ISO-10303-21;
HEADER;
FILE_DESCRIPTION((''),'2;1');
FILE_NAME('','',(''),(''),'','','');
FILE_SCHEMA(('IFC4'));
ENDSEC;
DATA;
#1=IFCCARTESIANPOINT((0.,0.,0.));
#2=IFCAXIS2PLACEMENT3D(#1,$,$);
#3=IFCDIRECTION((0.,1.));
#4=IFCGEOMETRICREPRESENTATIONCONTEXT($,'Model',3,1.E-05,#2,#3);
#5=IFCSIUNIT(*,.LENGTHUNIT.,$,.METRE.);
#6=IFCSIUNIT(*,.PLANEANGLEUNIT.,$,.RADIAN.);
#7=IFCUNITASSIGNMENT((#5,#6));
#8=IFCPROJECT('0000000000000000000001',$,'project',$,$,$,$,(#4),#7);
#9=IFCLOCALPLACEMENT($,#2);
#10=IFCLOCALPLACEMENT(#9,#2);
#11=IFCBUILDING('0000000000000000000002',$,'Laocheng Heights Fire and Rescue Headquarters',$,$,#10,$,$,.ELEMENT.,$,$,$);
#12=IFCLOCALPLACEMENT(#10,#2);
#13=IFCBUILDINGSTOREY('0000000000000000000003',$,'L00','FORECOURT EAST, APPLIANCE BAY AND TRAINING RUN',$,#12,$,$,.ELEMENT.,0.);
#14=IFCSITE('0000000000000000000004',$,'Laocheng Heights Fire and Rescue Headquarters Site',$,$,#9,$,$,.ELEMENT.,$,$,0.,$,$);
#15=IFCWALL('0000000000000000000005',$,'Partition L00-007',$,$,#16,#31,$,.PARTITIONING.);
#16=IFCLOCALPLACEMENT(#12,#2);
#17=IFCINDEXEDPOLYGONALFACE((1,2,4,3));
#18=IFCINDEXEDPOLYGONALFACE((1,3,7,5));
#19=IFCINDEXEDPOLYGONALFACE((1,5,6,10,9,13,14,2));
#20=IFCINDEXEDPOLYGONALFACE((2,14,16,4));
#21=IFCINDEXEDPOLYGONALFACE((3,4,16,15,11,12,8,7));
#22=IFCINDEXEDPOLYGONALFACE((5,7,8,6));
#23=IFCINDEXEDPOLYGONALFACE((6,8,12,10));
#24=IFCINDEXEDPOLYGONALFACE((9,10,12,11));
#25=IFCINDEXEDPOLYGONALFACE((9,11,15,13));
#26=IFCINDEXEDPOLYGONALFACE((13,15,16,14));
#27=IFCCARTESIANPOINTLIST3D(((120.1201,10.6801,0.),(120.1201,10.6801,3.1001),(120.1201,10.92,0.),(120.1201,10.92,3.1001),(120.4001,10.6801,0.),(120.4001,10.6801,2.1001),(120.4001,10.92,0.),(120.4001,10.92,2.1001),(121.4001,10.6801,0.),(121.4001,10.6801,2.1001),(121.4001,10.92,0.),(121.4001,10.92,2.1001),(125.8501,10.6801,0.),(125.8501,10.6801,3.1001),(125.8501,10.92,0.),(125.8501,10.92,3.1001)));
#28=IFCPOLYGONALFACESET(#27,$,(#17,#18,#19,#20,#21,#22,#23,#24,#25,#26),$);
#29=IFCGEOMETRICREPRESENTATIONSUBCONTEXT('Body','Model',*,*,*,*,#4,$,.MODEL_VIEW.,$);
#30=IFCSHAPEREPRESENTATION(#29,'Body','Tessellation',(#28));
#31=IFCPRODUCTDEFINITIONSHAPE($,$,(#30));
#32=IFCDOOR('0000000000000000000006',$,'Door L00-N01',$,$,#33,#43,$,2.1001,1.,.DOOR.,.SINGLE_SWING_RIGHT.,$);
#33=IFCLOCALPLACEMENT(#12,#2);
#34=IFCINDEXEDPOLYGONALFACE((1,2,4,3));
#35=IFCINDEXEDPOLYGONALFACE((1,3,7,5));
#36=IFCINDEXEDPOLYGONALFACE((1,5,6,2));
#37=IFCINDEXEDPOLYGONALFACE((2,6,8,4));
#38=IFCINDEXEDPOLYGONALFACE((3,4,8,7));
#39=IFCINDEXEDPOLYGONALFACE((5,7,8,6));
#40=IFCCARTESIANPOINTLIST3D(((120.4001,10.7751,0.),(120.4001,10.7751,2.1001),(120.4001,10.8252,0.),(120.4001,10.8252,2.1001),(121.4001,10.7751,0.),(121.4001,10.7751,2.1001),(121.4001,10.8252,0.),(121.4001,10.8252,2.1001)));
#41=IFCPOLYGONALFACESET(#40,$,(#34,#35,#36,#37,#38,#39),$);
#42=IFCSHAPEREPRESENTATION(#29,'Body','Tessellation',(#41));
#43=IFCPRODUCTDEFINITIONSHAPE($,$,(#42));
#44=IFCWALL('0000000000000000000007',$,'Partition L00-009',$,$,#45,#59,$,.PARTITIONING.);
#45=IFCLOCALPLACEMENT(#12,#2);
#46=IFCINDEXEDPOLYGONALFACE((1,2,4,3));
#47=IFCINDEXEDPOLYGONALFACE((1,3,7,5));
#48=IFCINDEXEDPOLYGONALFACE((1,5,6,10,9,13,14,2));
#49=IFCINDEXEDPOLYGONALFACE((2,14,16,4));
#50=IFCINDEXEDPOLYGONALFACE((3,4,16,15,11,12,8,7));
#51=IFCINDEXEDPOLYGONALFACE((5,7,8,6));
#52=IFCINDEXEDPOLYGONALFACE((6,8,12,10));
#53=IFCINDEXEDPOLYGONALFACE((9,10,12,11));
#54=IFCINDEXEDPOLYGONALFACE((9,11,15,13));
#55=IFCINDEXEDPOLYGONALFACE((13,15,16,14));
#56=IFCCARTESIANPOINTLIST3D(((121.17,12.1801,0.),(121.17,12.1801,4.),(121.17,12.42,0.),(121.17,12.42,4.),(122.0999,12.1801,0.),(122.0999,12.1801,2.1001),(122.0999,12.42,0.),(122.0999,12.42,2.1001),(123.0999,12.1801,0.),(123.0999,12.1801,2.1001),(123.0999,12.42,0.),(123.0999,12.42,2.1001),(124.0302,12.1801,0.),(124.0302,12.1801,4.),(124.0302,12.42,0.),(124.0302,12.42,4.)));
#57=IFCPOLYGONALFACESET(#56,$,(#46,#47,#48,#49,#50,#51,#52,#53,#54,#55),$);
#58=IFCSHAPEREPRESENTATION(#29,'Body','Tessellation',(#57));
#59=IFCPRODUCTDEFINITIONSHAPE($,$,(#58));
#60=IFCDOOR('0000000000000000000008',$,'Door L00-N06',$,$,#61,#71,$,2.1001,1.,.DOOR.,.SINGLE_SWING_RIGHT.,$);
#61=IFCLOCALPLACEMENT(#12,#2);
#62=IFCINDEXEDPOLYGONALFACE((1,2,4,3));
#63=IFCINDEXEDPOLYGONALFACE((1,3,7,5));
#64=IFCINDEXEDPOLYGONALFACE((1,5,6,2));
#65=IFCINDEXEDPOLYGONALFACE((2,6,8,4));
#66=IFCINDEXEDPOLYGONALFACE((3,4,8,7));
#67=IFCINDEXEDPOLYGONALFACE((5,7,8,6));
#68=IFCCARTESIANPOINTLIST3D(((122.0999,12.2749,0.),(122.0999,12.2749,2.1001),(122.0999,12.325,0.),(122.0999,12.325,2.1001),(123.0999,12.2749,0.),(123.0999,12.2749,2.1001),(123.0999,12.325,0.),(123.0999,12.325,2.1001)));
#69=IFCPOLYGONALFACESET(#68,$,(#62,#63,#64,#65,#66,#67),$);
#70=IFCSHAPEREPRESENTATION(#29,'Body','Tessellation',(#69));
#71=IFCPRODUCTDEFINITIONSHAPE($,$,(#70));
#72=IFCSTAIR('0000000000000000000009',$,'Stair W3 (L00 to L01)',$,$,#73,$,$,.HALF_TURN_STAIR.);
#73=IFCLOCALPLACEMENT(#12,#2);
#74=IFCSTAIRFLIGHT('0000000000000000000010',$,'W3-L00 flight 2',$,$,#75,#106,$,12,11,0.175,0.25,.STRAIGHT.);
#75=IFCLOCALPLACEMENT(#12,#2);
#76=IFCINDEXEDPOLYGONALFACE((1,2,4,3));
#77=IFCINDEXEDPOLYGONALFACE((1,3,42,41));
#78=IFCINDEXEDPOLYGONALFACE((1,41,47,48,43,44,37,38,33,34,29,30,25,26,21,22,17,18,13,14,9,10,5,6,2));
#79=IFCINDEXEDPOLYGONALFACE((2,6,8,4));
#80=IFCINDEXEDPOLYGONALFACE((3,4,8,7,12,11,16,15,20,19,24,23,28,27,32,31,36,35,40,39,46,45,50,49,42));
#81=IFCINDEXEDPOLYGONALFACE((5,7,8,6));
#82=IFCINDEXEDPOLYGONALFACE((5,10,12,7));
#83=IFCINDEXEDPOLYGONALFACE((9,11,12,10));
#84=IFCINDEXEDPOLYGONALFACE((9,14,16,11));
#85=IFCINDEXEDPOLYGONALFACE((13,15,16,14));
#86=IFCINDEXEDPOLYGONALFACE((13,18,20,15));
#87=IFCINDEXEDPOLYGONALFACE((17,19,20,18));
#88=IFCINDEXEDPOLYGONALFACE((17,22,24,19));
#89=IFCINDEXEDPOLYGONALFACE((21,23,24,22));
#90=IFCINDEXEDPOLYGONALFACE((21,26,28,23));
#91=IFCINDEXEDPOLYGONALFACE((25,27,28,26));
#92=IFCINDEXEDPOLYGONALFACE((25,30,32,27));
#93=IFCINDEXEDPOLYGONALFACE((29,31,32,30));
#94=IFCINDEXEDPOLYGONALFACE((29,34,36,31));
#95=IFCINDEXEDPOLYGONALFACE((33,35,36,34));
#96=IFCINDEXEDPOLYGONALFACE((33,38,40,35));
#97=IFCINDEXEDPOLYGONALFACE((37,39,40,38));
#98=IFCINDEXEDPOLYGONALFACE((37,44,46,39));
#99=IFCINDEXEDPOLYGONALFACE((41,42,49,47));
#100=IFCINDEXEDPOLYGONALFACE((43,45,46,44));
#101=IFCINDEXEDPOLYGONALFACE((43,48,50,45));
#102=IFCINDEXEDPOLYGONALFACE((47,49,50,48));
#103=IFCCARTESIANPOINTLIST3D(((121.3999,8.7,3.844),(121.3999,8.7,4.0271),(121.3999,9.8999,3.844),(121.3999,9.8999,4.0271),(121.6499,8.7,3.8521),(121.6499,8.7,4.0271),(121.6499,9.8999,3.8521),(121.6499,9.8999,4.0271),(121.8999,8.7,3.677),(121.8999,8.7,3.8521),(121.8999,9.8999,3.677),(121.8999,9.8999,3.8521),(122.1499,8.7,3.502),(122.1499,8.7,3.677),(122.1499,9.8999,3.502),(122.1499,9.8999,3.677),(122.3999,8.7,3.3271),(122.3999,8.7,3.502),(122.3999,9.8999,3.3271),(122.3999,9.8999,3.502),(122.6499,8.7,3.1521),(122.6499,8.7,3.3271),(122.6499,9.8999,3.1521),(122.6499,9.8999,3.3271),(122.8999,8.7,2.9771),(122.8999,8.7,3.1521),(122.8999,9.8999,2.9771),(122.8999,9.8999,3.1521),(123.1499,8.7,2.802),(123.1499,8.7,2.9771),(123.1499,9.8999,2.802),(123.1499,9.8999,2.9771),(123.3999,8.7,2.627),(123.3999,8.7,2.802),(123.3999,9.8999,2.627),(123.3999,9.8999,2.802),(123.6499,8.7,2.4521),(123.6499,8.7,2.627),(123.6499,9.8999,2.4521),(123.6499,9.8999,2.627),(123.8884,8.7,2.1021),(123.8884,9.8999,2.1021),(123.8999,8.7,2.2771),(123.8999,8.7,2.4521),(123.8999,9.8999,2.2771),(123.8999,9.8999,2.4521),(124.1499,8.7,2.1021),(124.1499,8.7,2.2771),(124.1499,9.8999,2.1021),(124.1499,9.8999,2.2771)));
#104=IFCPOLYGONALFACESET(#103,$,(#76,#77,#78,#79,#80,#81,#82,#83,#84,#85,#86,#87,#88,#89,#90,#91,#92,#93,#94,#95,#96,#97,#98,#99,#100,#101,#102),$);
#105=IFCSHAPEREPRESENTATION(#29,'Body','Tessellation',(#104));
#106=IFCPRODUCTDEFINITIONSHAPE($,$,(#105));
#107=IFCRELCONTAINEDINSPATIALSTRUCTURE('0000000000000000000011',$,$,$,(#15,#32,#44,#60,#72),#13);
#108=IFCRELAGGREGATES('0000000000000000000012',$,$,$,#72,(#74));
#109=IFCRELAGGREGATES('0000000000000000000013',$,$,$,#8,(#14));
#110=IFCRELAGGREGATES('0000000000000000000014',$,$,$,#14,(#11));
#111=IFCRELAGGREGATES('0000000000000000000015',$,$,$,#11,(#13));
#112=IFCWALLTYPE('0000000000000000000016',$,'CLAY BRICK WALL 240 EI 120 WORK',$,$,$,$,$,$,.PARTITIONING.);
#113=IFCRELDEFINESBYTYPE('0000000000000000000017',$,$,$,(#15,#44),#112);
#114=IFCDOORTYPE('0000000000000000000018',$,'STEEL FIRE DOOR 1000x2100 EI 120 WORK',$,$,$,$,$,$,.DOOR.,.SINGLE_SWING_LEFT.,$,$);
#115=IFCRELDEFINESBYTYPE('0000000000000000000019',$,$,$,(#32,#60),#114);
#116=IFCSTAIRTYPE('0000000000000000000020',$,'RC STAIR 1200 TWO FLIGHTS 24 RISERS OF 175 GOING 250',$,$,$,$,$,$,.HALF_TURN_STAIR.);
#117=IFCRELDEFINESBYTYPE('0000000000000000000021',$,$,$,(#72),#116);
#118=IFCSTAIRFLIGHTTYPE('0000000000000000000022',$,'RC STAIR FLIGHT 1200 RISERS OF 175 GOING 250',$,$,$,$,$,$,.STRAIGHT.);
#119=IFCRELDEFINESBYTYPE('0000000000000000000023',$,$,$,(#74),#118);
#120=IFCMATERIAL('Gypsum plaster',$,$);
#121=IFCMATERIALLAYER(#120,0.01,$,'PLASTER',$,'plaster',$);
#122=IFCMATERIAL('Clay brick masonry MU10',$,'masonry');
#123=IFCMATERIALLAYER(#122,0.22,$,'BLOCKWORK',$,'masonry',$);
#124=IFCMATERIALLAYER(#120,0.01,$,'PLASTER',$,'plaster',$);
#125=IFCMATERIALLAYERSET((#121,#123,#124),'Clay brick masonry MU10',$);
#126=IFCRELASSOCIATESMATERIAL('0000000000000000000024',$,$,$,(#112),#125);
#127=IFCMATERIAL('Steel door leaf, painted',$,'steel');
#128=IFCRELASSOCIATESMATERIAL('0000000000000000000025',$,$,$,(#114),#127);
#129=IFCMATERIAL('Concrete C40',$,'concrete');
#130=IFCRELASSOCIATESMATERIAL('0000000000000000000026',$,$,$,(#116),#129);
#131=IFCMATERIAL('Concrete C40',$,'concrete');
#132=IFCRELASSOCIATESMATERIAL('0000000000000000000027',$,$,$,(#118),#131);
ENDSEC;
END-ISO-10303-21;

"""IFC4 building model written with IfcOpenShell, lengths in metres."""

from ifc_helpers import new_model, si_unit, direction, frame, frame_2d, origin, place, context, subcontext, project, spatial, polyline, rectangle, outline, extrude, material, layer, layer_set, type_object, element, fill, aggregate, save


model = new_model("IFC4")

# Units and contexts
model_context = context("Model", 3, precision=1e-05, world=origin(), true_north=direction((0.0, 1.0)))
body_context = subcontext(model_context, "Body", "Model", "MODEL_VIEW")
ifc_project = project(units=[si_unit("LENGTHUNIT", "METRE"), si_unit("PLANEANGLEUNIT", "RADIAN")], contexts=[model_context])

# Site, building, storey
site_placement = place(None, origin())
site = spatial("IfcSite", under=ifc_project, at=site_placement, Name="Laocheng Heights Fire and Rescue Headquarters Site", CompositionType="ELEMENT", RefElevation=0.0)
building_placement = place(site_placement, origin())
building = spatial("IfcBuilding", under=site, at=building_placement, Name="Laocheng Heights Fire and Rescue Headquarters", CompositionType="ELEMENT")
storey_placement = place(building_placement, origin())
storey = spatial("IfcBuildingStorey", under=building, at=storey_placement, Name="L00", Description="FORECOURT EAST, APPLIANCE BAY AND TRAINING RUN", CompositionType="ELEMENT", Elevation=0.0)

# Shared definitions
ifc_material_1 = material(Name="Gypsum plaster")
ifc_layer_1 = layer(ifc_material_1, 0.01, Name="PLASTER", Category="plaster")
ifc_material_2 = material(Name="Clay brick masonry MU10", Category="masonry")
ifc_layer_2 = layer(ifc_material_2, 0.22, Name="BLOCKWORK", Category="masonry")
ifc_layer_3 = layer(ifc_material_1, 0.01, Name="PLASTER", Category="plaster")
ifc_layer_set_1 = layer_set([ifc_layer_1, ifc_layer_2, ifc_layer_3], Name="Clay brick masonry MU10")
wall_type_1 = type_object("IfcWallType", Name="CLAY BRICK WALL 240 EI 120 WORK", PredefinedType="PARTITIONING", material=ifc_layer_set_1)

# Walls, openings, doors
wall_1_placement = place(storey_placement, frame((120.1201, 10.8, 0.0), z_axis=(0.0, 0.0, 1.0), x_axis=(1.0, 0.0, 0.0)))
wall_1 = element("IfcWall", 1, at=wall_1_placement, inside=storey, type_object=wall_type_1, Name="Partition L00-007", PredefinedType="PARTITIONING", context=body_context, shape_type="SweptSolid", body=[
    extrude(rectangle(XDim=5.73, YDim=0.24, at=frame_2d((2.865, 0.0))), origin(), (0.0, 0.0, 1.0), 3.1001),
])
opening_1_placement = place(wall_1_placement, frame((0.28, 0.0, 0.0)))
opening_1 = element("IfcOpeningElement", 2, at=opening_1_placement, cuts=wall_1, PredefinedType="OPENING", context=body_context, shape_type="SweptSolid", body=[
    extrude(rectangle(XDim=1.0, YDim=2.1001, at=frame_2d((0.5, 1.05))), frame((0.0, 0.1299, 0.0), z_axis=(0.0, -1.0, 0.0), x_axis=(1.0, 0.0, 0.0)), (0.0, 0.0, 1.0), 0.26),
])
ifc_material_3 = material(Name="Steel door leaf, painted", Category="steel")
door_type_1 = type_object("IfcDoorType", Name="STEEL FIRE DOOR 1000x2100 EI 120 WORK", OperationType="SINGLE_SWING_LEFT", PredefinedType="DOOR", material=ifc_material_3)
door_1_placement = place(opening_1_placement, frame((1.0, 0.0, 0.0), z_axis=(0.0, 0.0, 1.0), x_axis=(-1.0, 0.0, 0.0)))
door_1 = element("IfcDoor", 3, at=door_1_placement, inside=storey, type_object=door_type_1, Name="Door L00-N01", OperationType="SINGLE_SWING_RIGHT", OverallHeight=2.1001, OverallWidth=1.0, PredefinedType="DOOR", context=body_context, shape_type="SweptSolid", body=[
    extrude(rectangle(XDim=1.0, YDim=2.1001, at=frame_2d((0.5, 1.05))), frame((0.0, 0.0249, 0.0), z_axis=(0.0, -1.0, 0.0), x_axis=(1.0, 0.0, 0.0)), (0.0, 0.0, 1.0), 0.05),
])
fill(opening_1, door_1)
wall_2_placement = place(storey_placement, frame((121.1699, 12.3, 0.0), z_axis=(0.0, 0.0, 1.0), x_axis=(1.0, 0.0, 0.0)))
wall_2 = element("IfcWall", 4, at=wall_2_placement, inside=storey, type_object=wall_type_1, Name="Partition L00-009", PredefinedType="PARTITIONING", context=body_context, shape_type="SweptSolid", body=[
    extrude(rectangle(XDim=2.8601, YDim=0.24, at=frame_2d((1.4302, 0.0))), origin(), (0.0, 0.0, 1.0), 4.0),
])
opening_2_placement = place(wall_2_placement, frame((0.9299, 0.0, 0.0)))
opening_2 = element("IfcOpeningElement", 5, at=opening_2_placement, cuts=wall_2, PredefinedType="OPENING", context=body_context, shape_type="SweptSolid", body=[
    extrude(rectangle(XDim=1.0, YDim=2.1001, at=frame_2d((0.5, 1.05))), frame((0.0, 0.1299, 0.0), z_axis=(0.0, -1.0, 0.0), x_axis=(1.0, 0.0, 0.0)), (0.0, 0.0, 1.0), 0.26),
])
door_2_placement = place(opening_2_placement, origin())
door_2 = element("IfcDoor", 6, at=door_2_placement, inside=storey, type_object=door_type_1, Name="Door L00-N06", OperationType="SINGLE_SWING_RIGHT", OverallHeight=2.1001, OverallWidth=1.0, PredefinedType="DOOR", context=body_context, shape_type="SweptSolid", body=[
    extrude(rectangle(XDim=1.0, YDim=2.1001, at=frame_2d((0.5, 1.05))), frame((0.0, 0.0249, 0.0), z_axis=(0.0, -1.0, 0.0), x_axis=(1.0, 0.0, 0.0)), (0.0, 0.0, 1.0), 0.05),
])
fill(opening_2, door_2)

# Stair, stair flight
ifc_material_4 = material(Name="Concrete C40", Category="concrete")
stair_type = type_object("IfcStairType", Name="RC STAIR 1200 TWO FLIGHTS 24 RISERS OF 175 GOING 250", PredefinedType="HALF_TURN_STAIR", material=ifc_material_4)
stair_placement = place(storey_placement, origin())
stair = element("IfcStair", 7, at=stair_placement, inside=storey, type_object=stair_type, Name="Stair W3 (L00 to L01)", PredefinedType="HALF_TURN_STAIR")
ifc_material_5 = material(Name="Concrete C40", Category="concrete")
stair_flight_type = type_object("IfcStairFlightType", Name="RC STAIR FLIGHT 1200 RISERS OF 175 GOING 250", PredefinedType="STRAIGHT", material=ifc_material_5)
stair_flight_placement = place(storey_placement, frame((124.1499, 9.3, 2.1021), z_axis=(0.0, 0.0, 1.0), x_axis=(-1.0, 0.0, 0.0)))
stair_flight = element("IfcStairFlight", 8, at=stair_flight_placement, type_object=stair_flight_type, Name="W3-L00 flight 2", NumberOfRisers=12, NumberOfTreads=11, PredefinedType="STRAIGHT", RiserHeight=0.175, TreadLength=0.25, context=body_context, shape_type="SweptSolid", body=[
    extrude(outline(polyline([(0.0, 0.0), (0.0, 0.175), (0.25, 0.175), (0.25, 0.3501), (0.5, 0.3501), (0.5, 0.5249), (0.75, 0.5249), (0.75, 0.7), (1.0, 0.7), (1.0, 0.875), (1.25, 0.875), (1.25, 1.05), (1.5, 1.05), (1.5, 1.2251), (1.75, 1.2251), (1.75, 1.3999), (2.0, 1.3999), (2.0, 1.575), (2.25, 1.575), (2.25, 1.75), (2.5, 1.75), (2.5, 1.925), (2.75, 1.925), (2.75, 2.1001), (2.75, 1.7419), (0.2615, 0.0), (0.0, 0.0)])), frame((0.0, 0.6001, 0.0), z_axis=(0.0, -1.0, 0.0), x_axis=(1.0, 0.0, 0.0)), (0.0, 0.0, 1.0), 1.2),
])
aggregate(stair, [stair_flight])

save(model, "model.ifc")
